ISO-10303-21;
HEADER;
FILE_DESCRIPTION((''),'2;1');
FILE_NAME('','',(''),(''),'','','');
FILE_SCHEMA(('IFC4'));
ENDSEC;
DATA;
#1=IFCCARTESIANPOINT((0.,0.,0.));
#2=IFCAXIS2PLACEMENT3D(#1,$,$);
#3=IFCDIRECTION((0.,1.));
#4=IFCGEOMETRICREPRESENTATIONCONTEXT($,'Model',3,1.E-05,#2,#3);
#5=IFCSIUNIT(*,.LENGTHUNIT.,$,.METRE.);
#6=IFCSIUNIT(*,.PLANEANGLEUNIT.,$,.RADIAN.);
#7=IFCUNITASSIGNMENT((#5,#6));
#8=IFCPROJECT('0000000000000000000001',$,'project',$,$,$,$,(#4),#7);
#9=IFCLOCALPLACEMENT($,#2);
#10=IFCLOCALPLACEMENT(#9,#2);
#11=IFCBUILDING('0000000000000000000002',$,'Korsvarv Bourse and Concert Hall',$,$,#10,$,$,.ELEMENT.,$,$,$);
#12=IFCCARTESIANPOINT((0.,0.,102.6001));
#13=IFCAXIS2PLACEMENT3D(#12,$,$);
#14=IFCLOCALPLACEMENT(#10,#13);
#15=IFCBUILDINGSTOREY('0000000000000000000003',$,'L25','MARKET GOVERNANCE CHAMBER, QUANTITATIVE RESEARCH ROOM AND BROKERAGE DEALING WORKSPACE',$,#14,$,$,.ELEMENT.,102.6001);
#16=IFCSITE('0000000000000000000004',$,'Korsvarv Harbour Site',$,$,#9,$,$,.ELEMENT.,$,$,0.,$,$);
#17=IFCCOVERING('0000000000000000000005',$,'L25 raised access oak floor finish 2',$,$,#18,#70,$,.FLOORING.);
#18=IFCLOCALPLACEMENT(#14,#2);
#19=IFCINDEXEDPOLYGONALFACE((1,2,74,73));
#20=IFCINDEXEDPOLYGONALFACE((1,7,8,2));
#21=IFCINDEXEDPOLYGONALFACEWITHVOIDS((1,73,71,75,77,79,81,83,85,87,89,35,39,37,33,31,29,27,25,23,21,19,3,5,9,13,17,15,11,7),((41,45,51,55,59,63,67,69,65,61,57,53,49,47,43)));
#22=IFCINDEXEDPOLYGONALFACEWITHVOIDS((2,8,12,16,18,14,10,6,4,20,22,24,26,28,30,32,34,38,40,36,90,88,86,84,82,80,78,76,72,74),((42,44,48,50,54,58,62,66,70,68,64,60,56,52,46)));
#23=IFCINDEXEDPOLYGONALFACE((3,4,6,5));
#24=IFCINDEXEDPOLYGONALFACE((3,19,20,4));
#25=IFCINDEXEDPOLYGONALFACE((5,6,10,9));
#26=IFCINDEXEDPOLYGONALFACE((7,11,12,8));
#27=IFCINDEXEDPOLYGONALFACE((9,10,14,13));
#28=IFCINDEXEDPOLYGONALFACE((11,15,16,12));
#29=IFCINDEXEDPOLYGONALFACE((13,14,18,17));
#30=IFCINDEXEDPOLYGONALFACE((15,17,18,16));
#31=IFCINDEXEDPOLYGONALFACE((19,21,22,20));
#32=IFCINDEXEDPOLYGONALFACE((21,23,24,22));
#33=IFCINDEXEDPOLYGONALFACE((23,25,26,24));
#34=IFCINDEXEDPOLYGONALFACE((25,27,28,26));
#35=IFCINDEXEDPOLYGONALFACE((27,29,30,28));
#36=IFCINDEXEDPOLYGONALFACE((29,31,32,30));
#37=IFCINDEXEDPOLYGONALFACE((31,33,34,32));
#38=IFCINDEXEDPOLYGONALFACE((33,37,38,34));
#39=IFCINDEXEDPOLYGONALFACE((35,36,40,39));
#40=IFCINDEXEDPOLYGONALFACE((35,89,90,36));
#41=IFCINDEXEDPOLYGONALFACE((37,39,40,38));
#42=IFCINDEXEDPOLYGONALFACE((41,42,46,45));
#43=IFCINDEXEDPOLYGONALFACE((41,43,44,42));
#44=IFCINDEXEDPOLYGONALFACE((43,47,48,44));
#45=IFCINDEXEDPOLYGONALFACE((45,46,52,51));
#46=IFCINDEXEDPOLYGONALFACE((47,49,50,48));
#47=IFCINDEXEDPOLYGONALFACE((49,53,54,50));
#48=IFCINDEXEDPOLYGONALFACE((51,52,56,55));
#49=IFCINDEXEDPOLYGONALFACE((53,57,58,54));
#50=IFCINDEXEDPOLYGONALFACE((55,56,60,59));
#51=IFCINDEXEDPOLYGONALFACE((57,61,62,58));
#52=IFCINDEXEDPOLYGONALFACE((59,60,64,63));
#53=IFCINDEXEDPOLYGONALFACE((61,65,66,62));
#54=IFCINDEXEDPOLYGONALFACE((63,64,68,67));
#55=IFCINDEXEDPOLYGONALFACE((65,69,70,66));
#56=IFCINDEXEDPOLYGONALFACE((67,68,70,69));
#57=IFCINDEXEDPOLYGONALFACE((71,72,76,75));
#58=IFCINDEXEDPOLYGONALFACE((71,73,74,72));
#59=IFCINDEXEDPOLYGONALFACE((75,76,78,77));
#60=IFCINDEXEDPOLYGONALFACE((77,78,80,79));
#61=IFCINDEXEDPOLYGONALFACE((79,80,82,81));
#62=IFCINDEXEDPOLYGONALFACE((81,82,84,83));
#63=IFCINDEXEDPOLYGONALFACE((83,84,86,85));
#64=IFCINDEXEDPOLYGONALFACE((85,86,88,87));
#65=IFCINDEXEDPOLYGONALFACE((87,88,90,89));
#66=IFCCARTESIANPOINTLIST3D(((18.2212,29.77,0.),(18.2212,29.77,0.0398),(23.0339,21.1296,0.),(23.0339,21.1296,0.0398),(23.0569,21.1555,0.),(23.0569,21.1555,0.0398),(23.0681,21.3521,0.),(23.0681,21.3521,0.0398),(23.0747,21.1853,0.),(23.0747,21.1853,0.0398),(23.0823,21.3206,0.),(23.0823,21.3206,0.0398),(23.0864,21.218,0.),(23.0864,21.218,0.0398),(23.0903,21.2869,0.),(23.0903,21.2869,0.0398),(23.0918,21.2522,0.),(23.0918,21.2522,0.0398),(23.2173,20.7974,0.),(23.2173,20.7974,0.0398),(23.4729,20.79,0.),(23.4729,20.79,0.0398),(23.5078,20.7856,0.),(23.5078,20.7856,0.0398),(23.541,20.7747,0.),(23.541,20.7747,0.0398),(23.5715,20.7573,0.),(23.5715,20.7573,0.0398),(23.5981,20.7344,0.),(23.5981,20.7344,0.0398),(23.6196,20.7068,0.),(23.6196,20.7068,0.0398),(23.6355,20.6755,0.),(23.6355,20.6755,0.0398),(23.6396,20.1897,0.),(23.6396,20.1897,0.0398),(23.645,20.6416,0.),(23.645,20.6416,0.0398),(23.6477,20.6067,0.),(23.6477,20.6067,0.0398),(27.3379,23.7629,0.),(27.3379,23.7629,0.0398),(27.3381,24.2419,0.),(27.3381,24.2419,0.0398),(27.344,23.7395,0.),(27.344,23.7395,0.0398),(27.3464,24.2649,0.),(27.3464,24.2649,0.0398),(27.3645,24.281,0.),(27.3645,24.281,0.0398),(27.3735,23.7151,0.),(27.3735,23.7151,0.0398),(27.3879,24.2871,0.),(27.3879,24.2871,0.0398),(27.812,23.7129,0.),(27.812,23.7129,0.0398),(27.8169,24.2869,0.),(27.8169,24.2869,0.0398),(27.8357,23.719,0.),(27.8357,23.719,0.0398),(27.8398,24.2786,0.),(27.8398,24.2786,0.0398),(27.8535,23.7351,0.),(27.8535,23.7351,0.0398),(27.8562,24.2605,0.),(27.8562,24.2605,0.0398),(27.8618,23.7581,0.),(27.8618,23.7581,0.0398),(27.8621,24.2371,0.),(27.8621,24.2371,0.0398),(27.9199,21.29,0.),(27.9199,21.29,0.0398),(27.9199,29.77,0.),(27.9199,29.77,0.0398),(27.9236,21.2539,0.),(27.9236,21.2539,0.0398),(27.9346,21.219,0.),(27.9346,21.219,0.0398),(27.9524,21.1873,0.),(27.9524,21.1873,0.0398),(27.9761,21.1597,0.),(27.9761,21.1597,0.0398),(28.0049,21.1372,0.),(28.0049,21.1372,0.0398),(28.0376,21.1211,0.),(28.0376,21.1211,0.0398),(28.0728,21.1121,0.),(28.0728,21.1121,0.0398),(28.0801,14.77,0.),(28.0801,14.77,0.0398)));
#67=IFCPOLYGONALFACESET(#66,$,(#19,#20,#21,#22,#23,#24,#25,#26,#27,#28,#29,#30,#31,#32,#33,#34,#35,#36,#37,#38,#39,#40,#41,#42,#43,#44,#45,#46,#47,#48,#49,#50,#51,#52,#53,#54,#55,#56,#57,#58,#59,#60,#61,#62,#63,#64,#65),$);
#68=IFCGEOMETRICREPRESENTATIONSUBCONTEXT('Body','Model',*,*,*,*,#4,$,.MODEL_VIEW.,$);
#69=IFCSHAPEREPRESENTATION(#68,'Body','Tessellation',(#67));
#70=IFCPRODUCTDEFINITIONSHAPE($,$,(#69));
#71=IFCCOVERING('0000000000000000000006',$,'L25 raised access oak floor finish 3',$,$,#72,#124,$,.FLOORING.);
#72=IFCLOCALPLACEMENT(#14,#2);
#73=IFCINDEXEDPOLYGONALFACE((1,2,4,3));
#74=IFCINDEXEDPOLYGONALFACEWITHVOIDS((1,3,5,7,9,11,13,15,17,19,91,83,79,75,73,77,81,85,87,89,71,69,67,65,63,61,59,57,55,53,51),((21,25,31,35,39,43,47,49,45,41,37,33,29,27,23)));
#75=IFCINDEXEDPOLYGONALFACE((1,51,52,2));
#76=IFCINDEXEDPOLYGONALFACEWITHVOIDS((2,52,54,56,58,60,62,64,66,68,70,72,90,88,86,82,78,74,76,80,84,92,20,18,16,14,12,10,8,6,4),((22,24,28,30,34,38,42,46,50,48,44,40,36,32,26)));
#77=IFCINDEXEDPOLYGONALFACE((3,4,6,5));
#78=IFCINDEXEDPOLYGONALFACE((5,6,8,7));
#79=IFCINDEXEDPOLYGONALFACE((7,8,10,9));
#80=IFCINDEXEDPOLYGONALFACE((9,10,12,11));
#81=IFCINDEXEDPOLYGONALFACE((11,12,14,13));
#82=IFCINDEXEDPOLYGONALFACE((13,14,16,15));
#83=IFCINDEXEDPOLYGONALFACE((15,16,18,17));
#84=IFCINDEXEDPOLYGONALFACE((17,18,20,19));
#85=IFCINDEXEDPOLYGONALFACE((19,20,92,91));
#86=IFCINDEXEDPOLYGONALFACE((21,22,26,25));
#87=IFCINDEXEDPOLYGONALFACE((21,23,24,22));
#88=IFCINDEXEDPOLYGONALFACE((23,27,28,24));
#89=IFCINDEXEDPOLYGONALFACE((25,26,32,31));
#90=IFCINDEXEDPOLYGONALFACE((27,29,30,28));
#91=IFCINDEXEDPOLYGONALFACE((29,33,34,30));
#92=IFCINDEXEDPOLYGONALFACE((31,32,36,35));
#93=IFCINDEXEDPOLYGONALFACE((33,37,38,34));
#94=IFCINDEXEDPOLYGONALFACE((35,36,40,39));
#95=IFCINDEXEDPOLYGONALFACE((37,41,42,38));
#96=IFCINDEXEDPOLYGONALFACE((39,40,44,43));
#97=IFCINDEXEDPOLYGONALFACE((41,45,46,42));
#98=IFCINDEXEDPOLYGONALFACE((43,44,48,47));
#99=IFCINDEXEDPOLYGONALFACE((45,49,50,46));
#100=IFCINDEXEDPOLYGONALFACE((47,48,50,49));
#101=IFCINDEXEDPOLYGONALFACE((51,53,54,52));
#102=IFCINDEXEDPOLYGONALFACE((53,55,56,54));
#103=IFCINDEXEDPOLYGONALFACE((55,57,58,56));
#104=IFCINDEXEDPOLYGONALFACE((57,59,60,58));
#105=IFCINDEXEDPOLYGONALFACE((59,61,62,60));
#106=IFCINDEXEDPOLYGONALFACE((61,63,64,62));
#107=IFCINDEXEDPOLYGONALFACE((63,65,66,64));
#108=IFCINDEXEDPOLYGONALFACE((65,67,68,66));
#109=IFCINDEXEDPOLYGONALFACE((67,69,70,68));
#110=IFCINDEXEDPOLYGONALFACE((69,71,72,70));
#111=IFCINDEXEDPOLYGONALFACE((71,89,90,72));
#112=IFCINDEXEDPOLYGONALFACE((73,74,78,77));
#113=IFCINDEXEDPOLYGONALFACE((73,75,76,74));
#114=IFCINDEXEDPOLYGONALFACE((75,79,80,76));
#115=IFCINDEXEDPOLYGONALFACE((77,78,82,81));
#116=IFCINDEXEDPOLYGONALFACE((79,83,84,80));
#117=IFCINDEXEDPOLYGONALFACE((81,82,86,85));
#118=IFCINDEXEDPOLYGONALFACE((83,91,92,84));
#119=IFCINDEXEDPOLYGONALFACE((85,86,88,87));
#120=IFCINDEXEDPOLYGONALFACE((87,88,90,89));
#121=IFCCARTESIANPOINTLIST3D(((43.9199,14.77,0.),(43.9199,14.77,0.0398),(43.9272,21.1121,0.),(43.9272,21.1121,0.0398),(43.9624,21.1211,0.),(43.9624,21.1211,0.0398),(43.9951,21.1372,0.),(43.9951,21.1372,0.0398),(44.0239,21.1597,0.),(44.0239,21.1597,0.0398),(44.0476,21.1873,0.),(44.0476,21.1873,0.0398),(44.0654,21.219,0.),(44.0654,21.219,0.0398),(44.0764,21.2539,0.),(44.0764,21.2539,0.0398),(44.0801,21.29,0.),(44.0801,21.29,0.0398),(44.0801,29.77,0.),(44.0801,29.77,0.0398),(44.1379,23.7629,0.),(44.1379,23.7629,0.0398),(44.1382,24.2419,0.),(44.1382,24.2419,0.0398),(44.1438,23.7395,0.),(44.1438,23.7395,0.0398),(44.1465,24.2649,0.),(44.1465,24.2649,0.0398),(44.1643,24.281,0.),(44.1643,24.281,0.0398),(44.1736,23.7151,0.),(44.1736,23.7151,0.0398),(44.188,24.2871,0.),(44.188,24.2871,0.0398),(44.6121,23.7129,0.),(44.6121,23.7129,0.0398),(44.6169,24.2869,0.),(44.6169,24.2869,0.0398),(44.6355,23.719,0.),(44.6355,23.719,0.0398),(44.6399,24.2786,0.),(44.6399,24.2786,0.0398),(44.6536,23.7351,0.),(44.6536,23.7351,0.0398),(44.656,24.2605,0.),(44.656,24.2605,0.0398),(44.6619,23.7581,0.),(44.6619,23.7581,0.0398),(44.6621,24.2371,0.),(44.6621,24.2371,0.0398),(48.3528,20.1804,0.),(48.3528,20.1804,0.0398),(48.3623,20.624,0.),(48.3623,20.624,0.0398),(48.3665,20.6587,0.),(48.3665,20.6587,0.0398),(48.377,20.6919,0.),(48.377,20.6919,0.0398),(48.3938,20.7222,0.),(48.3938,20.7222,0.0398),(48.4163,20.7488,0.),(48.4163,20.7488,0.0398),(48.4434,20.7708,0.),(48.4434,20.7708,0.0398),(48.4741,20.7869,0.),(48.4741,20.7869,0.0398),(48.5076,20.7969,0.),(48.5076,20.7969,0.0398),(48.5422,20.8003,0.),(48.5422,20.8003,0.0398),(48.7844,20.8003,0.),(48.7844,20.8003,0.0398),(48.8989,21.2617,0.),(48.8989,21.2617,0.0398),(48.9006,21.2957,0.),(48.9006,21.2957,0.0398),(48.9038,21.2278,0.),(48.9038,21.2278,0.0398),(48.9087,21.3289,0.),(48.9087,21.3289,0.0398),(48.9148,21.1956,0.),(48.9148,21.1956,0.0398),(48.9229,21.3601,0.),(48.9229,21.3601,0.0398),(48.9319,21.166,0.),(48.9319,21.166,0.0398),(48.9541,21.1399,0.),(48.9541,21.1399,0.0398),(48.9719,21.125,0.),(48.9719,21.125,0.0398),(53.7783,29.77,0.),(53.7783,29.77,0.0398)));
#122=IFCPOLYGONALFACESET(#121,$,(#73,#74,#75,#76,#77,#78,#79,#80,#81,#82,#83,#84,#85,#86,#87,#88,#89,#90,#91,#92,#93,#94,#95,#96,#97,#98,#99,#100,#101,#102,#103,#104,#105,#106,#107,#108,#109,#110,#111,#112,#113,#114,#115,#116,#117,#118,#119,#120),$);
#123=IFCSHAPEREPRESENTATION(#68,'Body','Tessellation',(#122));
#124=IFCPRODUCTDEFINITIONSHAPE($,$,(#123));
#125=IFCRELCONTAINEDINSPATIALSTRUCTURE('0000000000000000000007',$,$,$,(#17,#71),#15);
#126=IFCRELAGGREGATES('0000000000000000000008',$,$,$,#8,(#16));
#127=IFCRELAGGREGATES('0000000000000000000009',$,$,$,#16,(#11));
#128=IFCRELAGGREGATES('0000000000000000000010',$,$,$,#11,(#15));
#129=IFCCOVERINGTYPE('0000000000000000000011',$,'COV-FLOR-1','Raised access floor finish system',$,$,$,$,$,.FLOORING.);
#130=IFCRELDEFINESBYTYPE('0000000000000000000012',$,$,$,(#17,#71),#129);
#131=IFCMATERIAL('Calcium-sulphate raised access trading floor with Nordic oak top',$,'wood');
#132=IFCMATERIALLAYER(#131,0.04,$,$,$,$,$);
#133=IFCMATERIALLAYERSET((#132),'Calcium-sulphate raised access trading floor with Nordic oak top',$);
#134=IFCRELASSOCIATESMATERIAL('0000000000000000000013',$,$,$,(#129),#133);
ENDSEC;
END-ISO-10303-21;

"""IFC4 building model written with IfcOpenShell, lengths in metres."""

from ifc_helpers import new_model, si_unit, direction, frame, origin, place, context, subcontext, project, spatial, polyline, outline, extrude, material, layer, layer_set, type_object, element, save


model = new_model("IFC4")

# Units and contexts
model_context = context("Model", 3, precision=1e-05, world=origin(), true_north=direction((0.0, 1.0)))
body_context = subcontext(model_context, "Body", "Model", "MODEL_VIEW")
ifc_project = project(units=[si_unit("LENGTHUNIT", "METRE"), si_unit("PLANEANGLEUNIT", "RADIAN")], contexts=[model_context])

# Site, building, storey
site_placement = place(None, origin())
site = spatial("IfcSite", under=ifc_project, at=site_placement, Name="Korsvarv Harbour Site", CompositionType="ELEMENT", RefElevation=0.0)
building_placement = place(site_placement, origin())
building = spatial("IfcBuilding", under=site, at=building_placement, Name="Korsvarv Bourse and Concert Hall", CompositionType="ELEMENT")
storey_placement = place(building_placement, frame((0.0, 0.0, 102.6001)))
storey = spatial("IfcBuildingStorey", under=building, at=storey_placement, Name="L25", Description="MARKET GOVERNANCE CHAMBER, QUANTITATIVE RESEARCH ROOM AND BROKERAGE DEALING WORKSPACE", CompositionType="ELEMENT", Elevation=102.6001)

# Coverings
ifc_material_1 = material(Name="Calcium-sulphate raised access trading floor with Nordic oak top", Category="wood")
ifc_layer_1 = layer(ifc_material_1, 0.04)
ifc_layer_set_1 = layer_set([ifc_layer_1], Name="Calcium-sulphate raised access trading floor with Nordic oak top")
covering_type_1 = type_object("IfcCoveringType", Name="COV-FLOR-1", Description="Raised access floor finish system", PredefinedType="FLOORING", material=ifc_layer_set_1)
covering_1_placement = place(storey_placement, origin())
element("IfcCovering", 1, at=covering_1_placement, inside=storey, type_object=covering_type_1, Name="L25 raised access oak floor finish 2", PredefinedType="FLOORING", context=body_context, shape_type="SweptSolid", body=[
    extrude(outline(polyline([(23.0339, 21.1296), (23.0569, 21.1555), (23.0747, 21.1853), (23.0864, 21.218), (23.0918, 21.2522), (23.0903, 21.2869), (23.0823, 21.3206), (23.0681, 21.3521), (18.2212, 29.77), (27.9199, 29.77), (27.9199, 21.29), (27.9236, 21.2539), (27.9346, 21.219), (27.9524, 21.1873), (27.9761, 21.1597), (28.0049, 21.1372), (28.0376, 21.1211), (28.0728, 21.1121), (28.0801, 14.77), (23.6396, 20.1897), (23.6477, 20.6067), (23.645, 20.6416), (23.6355, 20.6755), (23.6196, 20.7068), (23.5981, 20.7344), (23.5715, 20.7573), (23.541, 20.7747), (23.5078, 20.7856), (23.4729, 20.79), (23.2173, 20.7974), (23.0339, 21.1296)]), holes=[polyline([(27.3735, 23.7151), (27.812, 23.7129), (27.8357, 23.719), (27.8535, 23.7351), (27.8618, 23.7581), (27.8621, 24.2371), (27.8562, 24.2605), (27.8398, 24.2786), (27.8169, 24.2869), (27.3879, 24.2871), (27.3645, 24.281), (27.3464, 24.2649), (27.3381, 24.2419), (27.3379, 23.7629), (27.344, 23.7395), (27.3735, 23.7151)])]), origin(), (0.0, 0.0, 1.0), 0.0398),
])
covering_2_placement = place(storey_placement, origin())
element("IfcCovering", 2, at=covering_2_placement, inside=storey, type_object=covering_type_1, Name="L25 raised access oak floor finish 3", PredefinedType="FLOORING", context=body_context, shape_type="SweptSolid", body=[
    extrude(outline(polyline([(43.9272, 21.1121), (43.9624, 21.1211), (43.9951, 21.1372), (44.0239, 21.1597), (44.0476, 21.1873), (44.0654, 21.219), (44.0764, 21.2539), (44.0801, 21.29), (44.0801, 29.77), (53.7783, 29.77), (48.9229, 21.3601), (48.9087, 21.3289), (48.9006, 21.2957), (48.8989, 21.2617), (48.9038, 21.2278), (48.9148, 21.1956), (48.9319, 21.166), (48.9541, 21.1399), (48.9719, 21.125), (48.7844, 20.8003), (48.5422, 20.8003), (48.5076, 20.7969), (48.4741, 20.7869), (48.4434, 20.7708), (48.4163, 20.7488), (48.3938, 20.7222), (48.377, 20.6919), (48.3665, 20.6587), (48.3623, 20.624), (48.3528, 20.1804), (43.9199, 14.77), (43.9272, 21.1121)]), holes=[polyline([(44.1736, 23.7151), (44.6121, 23.7129), (44.6355, 23.719), (44.6536, 23.7351), (44.6619, 23.7581), (44.6621, 24.2371), (44.656, 24.2605), (44.6399, 24.2786), (44.6169, 24.2869), (44.188, 24.2871), (44.1643, 24.281), (44.1465, 24.2649), (44.1382, 24.2419), (44.1379, 23.7629), (44.1438, 23.7395), (44.1736, 23.7151)])]), origin(), (0.0, 0.0, 1.0), 0.0398),
])

save(model, "model.ifc")
